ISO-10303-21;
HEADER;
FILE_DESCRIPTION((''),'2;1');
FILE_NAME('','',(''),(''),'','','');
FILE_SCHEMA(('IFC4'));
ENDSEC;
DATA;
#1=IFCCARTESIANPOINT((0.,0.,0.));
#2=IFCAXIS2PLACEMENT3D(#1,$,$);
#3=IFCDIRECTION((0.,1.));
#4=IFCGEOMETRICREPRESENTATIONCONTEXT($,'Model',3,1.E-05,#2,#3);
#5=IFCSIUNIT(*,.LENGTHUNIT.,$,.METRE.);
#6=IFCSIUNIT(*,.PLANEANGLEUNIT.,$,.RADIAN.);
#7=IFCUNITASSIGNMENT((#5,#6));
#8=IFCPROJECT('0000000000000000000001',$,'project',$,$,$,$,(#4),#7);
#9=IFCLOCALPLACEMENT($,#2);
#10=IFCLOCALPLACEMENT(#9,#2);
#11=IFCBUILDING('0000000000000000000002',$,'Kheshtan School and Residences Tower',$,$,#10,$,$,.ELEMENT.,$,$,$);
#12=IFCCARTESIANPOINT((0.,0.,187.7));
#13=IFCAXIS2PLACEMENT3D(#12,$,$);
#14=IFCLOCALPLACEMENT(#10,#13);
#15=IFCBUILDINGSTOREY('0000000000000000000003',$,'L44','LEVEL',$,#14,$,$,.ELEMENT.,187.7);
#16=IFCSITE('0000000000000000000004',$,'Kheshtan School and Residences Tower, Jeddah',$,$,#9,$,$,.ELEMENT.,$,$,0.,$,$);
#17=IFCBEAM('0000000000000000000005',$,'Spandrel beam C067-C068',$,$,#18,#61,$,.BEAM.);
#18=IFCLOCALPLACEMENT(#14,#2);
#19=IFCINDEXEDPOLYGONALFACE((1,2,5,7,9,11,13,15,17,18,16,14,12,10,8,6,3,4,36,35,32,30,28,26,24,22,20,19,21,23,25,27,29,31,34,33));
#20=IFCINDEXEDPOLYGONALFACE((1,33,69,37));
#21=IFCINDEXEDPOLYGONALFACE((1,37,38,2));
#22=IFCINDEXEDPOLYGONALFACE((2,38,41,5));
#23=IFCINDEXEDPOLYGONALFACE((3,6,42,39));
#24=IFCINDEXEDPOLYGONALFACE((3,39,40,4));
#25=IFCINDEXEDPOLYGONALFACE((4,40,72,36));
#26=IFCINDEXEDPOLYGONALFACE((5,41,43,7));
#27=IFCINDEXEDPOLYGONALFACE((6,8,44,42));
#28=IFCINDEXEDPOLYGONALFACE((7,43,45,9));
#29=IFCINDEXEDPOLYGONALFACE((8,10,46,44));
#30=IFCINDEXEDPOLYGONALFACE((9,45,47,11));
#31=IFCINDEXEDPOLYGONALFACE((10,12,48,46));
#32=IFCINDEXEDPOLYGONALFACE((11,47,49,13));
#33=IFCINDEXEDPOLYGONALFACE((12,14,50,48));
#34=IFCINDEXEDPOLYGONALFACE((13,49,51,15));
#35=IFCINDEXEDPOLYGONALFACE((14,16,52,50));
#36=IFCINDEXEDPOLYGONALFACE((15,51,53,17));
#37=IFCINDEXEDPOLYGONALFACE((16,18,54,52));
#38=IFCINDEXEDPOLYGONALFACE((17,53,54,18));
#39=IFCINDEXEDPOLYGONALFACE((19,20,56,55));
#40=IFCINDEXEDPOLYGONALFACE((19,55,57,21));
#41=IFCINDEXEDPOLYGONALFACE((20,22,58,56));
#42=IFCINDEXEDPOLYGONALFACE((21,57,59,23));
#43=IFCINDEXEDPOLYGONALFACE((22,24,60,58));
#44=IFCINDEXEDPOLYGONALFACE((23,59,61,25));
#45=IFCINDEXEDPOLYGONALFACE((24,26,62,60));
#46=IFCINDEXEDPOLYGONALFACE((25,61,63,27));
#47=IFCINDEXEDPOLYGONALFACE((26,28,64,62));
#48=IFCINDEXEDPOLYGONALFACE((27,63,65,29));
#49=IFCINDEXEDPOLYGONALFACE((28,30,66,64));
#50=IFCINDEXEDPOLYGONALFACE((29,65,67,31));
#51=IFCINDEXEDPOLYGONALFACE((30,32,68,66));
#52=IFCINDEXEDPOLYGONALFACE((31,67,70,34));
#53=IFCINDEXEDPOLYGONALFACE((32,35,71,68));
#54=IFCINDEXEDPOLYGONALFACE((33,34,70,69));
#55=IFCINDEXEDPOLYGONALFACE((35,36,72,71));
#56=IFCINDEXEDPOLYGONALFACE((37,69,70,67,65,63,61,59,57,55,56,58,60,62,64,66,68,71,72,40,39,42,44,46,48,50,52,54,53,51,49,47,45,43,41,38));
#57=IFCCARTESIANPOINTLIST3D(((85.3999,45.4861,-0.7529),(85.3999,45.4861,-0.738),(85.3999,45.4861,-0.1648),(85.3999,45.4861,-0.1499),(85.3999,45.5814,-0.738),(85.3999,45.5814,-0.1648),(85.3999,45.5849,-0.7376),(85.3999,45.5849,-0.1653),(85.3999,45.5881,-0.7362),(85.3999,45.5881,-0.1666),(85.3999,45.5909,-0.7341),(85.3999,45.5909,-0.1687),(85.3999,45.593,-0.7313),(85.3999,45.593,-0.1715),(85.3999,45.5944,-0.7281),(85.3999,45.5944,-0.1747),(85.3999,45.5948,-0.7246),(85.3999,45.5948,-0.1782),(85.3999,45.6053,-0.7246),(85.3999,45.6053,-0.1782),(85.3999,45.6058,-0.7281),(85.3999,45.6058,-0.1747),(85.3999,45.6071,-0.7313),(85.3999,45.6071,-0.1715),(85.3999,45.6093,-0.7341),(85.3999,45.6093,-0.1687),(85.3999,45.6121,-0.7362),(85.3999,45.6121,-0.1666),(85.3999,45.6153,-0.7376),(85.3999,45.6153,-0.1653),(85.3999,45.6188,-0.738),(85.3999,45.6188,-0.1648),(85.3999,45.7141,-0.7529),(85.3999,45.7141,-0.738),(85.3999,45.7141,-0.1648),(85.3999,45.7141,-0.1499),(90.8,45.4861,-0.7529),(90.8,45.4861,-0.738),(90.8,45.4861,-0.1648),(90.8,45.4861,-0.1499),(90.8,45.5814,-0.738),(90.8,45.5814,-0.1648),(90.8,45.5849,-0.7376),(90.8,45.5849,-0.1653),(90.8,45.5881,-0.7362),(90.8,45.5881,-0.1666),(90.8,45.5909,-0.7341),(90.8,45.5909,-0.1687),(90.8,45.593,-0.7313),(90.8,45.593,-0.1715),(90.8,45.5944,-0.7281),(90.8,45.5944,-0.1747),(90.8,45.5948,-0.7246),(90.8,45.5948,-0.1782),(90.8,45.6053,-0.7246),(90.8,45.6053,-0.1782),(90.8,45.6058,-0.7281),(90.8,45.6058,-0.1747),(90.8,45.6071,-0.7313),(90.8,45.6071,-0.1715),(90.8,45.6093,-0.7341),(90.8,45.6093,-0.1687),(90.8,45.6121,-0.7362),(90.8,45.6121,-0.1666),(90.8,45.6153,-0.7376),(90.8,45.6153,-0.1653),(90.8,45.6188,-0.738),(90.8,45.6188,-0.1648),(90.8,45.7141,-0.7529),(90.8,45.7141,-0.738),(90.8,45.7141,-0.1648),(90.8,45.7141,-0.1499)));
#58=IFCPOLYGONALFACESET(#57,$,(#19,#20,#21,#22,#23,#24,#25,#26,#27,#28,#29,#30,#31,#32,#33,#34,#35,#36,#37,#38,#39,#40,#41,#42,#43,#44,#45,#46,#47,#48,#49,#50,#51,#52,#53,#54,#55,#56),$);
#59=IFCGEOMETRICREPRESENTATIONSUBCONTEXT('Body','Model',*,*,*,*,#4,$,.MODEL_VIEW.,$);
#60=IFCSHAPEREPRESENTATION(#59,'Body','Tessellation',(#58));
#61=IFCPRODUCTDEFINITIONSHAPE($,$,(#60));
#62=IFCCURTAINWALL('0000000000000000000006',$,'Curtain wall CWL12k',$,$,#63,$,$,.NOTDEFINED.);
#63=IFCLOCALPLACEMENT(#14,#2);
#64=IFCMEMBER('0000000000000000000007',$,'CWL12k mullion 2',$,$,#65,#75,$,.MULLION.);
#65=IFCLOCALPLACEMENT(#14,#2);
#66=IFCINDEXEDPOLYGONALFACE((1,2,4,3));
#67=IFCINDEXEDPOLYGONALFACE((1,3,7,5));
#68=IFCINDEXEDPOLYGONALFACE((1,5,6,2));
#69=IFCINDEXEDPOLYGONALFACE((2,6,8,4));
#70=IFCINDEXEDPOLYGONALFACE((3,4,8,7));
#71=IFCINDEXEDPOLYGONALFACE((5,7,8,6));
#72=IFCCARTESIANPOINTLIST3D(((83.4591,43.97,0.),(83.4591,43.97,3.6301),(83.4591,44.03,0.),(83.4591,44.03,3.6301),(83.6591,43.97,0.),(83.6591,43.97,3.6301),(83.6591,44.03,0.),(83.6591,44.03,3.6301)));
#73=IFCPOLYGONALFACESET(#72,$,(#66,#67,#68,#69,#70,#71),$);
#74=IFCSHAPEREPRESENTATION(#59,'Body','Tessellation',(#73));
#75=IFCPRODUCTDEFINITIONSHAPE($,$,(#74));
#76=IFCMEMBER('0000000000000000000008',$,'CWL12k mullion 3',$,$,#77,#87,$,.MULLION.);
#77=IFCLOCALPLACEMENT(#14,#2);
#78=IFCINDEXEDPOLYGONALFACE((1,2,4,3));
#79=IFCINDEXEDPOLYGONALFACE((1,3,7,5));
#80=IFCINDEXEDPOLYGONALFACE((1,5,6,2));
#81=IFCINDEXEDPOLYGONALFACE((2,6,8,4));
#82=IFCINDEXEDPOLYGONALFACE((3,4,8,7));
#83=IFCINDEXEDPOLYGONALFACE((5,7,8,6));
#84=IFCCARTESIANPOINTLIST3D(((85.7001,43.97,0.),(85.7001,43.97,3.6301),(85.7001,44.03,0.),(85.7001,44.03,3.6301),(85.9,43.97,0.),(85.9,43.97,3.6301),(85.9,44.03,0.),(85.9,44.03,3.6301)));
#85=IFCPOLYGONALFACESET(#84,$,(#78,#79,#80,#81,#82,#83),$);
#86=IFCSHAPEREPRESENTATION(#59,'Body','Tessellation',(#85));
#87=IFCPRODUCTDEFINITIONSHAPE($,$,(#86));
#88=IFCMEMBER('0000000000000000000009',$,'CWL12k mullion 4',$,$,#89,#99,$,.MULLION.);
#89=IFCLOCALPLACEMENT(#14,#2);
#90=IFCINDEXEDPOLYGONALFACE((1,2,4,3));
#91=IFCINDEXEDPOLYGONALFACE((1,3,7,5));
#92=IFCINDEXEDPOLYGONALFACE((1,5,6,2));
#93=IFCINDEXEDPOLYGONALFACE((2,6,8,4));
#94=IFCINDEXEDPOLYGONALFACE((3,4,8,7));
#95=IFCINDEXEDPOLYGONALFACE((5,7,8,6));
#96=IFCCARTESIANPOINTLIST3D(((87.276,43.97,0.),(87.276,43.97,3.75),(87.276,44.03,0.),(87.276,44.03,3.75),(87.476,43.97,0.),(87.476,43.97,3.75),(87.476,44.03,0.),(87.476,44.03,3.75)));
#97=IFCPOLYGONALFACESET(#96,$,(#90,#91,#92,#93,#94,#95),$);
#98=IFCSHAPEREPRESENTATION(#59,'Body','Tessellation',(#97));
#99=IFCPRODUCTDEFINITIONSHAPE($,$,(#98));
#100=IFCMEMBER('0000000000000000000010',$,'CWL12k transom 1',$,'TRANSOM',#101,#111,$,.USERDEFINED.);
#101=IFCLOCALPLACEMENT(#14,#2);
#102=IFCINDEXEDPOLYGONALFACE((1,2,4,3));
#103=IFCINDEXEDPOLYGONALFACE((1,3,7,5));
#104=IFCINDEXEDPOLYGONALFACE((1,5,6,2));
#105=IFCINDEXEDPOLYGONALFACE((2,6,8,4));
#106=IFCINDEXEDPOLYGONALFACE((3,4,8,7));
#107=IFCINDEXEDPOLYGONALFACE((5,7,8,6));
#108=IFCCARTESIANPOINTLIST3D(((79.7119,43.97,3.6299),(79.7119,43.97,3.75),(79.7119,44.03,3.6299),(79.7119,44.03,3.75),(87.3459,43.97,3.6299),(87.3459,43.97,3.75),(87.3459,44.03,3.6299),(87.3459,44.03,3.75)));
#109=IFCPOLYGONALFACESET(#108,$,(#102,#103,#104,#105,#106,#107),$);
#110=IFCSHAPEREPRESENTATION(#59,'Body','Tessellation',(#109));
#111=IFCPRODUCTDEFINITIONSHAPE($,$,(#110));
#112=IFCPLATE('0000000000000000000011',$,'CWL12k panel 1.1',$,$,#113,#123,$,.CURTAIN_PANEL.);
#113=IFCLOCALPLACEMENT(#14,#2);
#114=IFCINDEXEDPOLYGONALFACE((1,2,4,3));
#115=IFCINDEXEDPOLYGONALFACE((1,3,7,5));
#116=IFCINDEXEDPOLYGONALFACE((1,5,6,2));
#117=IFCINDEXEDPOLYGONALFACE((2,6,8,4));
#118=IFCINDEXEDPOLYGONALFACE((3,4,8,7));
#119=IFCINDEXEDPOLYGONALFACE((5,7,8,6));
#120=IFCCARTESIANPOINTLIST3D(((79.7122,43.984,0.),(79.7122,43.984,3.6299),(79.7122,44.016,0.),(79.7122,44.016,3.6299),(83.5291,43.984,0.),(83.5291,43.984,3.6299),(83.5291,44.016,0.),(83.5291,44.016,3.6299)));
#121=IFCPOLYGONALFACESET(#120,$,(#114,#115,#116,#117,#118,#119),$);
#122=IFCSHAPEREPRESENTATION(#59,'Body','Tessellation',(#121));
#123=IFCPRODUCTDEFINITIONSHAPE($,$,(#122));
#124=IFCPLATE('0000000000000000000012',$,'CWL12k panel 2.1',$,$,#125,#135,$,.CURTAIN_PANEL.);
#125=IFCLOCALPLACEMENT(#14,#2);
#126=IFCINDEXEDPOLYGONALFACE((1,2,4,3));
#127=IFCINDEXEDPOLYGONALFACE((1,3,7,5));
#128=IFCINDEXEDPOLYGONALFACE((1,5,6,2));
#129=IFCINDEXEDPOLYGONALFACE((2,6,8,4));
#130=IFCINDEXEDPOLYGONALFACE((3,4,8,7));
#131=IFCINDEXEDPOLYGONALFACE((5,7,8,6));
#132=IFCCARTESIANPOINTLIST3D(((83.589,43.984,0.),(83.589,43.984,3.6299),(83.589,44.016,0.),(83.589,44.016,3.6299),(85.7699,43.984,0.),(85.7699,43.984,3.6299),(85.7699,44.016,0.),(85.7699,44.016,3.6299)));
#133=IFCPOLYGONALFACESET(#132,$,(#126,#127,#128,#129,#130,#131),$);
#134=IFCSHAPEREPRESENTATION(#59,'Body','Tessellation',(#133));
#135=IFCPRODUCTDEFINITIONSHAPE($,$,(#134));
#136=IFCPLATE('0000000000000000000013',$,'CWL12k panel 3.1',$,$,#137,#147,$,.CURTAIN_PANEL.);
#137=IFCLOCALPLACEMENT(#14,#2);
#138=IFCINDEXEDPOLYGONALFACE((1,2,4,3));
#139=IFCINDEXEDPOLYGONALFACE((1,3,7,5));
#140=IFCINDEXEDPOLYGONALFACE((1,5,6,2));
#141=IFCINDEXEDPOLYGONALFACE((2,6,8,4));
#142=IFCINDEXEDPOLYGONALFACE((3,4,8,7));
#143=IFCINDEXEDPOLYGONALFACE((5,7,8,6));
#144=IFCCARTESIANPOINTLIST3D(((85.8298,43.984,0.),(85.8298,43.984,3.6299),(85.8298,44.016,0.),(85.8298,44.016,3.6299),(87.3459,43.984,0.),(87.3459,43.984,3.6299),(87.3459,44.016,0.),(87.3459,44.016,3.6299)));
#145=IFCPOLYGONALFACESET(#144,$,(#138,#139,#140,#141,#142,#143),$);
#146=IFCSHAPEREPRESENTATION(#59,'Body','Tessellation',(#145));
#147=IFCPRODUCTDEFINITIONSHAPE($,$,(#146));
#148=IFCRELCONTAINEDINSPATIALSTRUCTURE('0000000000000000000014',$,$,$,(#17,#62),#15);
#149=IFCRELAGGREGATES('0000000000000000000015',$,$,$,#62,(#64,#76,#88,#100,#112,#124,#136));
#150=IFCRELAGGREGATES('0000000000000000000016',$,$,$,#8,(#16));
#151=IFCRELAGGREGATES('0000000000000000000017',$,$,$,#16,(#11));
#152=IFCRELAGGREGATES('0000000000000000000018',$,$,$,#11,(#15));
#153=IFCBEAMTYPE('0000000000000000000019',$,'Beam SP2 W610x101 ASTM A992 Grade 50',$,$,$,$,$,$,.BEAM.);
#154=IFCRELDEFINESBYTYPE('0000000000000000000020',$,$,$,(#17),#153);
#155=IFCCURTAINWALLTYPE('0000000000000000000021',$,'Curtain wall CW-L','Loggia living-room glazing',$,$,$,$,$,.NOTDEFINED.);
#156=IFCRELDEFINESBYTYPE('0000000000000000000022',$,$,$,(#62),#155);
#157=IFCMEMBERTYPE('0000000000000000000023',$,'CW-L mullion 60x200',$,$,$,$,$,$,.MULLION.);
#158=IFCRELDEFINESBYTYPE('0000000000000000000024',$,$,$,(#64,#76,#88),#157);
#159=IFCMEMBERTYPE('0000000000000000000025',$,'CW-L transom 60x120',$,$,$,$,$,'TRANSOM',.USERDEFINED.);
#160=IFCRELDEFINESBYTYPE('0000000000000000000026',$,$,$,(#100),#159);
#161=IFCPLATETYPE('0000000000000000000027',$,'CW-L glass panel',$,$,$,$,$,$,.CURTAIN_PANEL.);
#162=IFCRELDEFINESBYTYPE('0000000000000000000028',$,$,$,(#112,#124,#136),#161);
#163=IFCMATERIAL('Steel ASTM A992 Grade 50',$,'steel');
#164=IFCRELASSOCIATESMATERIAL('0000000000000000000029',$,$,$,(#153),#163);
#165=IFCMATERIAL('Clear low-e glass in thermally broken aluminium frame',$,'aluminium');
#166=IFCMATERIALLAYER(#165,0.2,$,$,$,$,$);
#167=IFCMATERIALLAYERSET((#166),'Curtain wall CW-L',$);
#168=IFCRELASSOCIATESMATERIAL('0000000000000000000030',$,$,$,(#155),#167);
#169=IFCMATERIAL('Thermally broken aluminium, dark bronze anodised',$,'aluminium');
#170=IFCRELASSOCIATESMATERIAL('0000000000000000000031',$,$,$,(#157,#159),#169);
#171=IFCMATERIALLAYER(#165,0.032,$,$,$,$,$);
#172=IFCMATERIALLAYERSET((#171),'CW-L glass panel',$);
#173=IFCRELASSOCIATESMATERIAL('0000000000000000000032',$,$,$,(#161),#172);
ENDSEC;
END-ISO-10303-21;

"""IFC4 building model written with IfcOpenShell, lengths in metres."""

from ifc_helpers import new_model, si_unit, direction, frame, origin, origin_2d, place, context, subcontext, project, spatial, rectangle, i_section, extrude, material, layer, layer_set, material_profile, profile_set, type_object, element, aggregate, save


model = new_model("IFC4")

# Units and contexts
model_context = context("Model", 3, precision=1e-05, world=origin(), true_north=direction((0.0, 1.0)))
body_context = subcontext(model_context, "Body", "Model", "MODEL_VIEW")
ifc_project = project(units=[si_unit("LENGTHUNIT", "METRE"), si_unit("PLANEANGLEUNIT", "RADIAN")], contexts=[model_context])

# Site, building, storey
site_placement = place(None, origin())
site = spatial("IfcSite", under=ifc_project, at=site_placement, Name="Kheshtan School and Residences Tower, Jeddah", CompositionType="ELEMENT", RefElevation=0.0)
building_placement = place(site_placement, origin())
building = spatial("IfcBuilding", under=site, at=building_placement, Name="Kheshtan School and Residences Tower", CompositionType="ELEMENT")
storey_placement = place(building_placement, frame((0.0, 0.0, 187.7)))
storey = spatial("IfcBuildingStorey", under=building, at=storey_placement, Name="L44", Description="LEVEL", CompositionType="ELEMENT", Elevation=187.7)

# Shared definitions
ifc_material_1 = material(Name="Steel ASTM A992 Grade 50", Category="steel")

# Beam
ifc_material_profile_1 = material_profile(ifc_material_1, i_section(OverallWidth=0.228, OverallDepth=0.603, WebThickness=0.0105, FlangeThickness=0.0149, FilletRadius=0.0134, at=origin_2d()), Name="W610x101")
ifc_profile_set_1 = profile_set([ifc_material_profile_1], Name="Steel ASTM A992 Grade 50")
beam_type_1 = type_object("IfcBeamType", Name="Beam SP2 W610x101 ASTM A992 Grade 50", PredefinedType="BEAM", material=ifc_profile_set_1)
beam_1_placement = place(storey_placement, frame((85.3999, 45.6001, -0.4514), z_axis=(1.0, 0.0, 0.0), x_axis=(0.0, 1.0, 0.0)))
element("IfcBeam", 1, at=beam_1_placement, inside=storey, type_object=beam_type_1, Name="Spandrel beam C067-C068", PredefinedType="BEAM", context=body_context, shape_type="SweptSolid", body=[
    extrude(i_section(OverallWidth=0.228, OverallDepth=0.603, WebThickness=0.0105, FlangeThickness=0.0149, FilletRadius=0.0134, at=origin_2d()), origin(), (0.0, 0.0, 1.0), 5.4001),
])

# Curtain wall, members, plates
ifc_material_2 = material(Name="Clear low-e glass in thermally broken aluminium frame", Category="aluminium")
ifc_layer_1 = layer(ifc_material_2, 0.2)
ifc_layer_set_1 = layer_set([ifc_layer_1], Name="Curtain wall CW-L")
curtain_wall_type = type_object("IfcCurtainWallType", Name="Curtain wall CW-L", Description="Loggia living-room glazing", PredefinedType="NOTDEFINED", material=ifc_layer_set_1)
curtain_wall_placement = place(storey_placement, origin())
curtain_wall = element("IfcCurtainWall", 2, at=curtain_wall_placement, inside=storey, type_object=curtain_wall_type, Name="Curtain wall CWL12k", PredefinedType="NOTDEFINED")
ifc_material_3 = material(Name="Thermally broken aluminium, dark bronze anodised", Category="aluminium")
ifc_material_profile_2 = material_profile(ifc_material_3, rectangle(XDim=0.0601, YDim=0.2, at=origin_2d()), Name="CW-L mullion 60x200")
ifc_profile_set_2 = profile_set([ifc_material_profile_2], Name="Thermally broken aluminium, dark bronze anodised")
member_type_1 = type_object("IfcMemberType", Name="CW-L mullion 60x200", PredefinedType="MULLION", material=ifc_profile_set_2)
member_1_placement = place(storey_placement, frame((83.5591, 44.0, 0.0), z_axis=(0.0, 0.0, 1.0), x_axis=(0.0, 1.0, 0.0)))
member_1 = element("IfcMember", 3, at=member_1_placement, type_object=member_type_1, Name="CWL12k mullion 2", PredefinedType="MULLION", context=body_context, shape_type="SweptSolid", body=[
    extrude(rectangle(XDim=0.0601, YDim=0.2, at=origin_2d()), origin(), (0.0, 0.0, 1.0), 3.6301),
])
member_2_placement = place(storey_placement, frame((85.8, 44.0, 0.0), z_axis=(0.0, 0.0, 1.0), x_axis=(0.0, 1.0, 0.0)))
member_2 = element("IfcMember", 4, at=member_2_placement, type_object=member_type_1, Name="CWL12k mullion 3", PredefinedType="MULLION", context=body_context, shape_type="SweptSolid", body=[
    extrude(rectangle(XDim=0.0601, YDim=0.2, at=origin_2d()), origin(), (0.0, 0.0, 1.0), 3.6301),
])
member_3_placement = place(storey_placement, frame((87.376, 44.0, 0.0), z_axis=(0.0, 0.0, 1.0), x_axis=(0.0, 1.0, 0.0)))
member_3 = element("IfcMember", 5, at=member_3_placement, type_object=member_type_1, Name="CWL12k mullion 4", PredefinedType="MULLION", context=body_context, shape_type="SweptSolid", body=[
    extrude(rectangle(XDim=0.0601, YDim=0.2, at=origin_2d()), origin(), (0.0, 0.0, 1.0), 3.75),
])
ifc_material_profile_3 = material_profile(ifc_material_3, rectangle(XDim=0.0601, YDim=0.1201, at=origin_2d()), Name="CW-L transom 60x120")
ifc_profile_set_3 = profile_set([ifc_material_profile_3], Name="Thermally broken aluminium, dark bronze anodised")
member_type_2 = type_object("IfcMemberType", Name="CW-L transom 60x120", ElementType="TRANSOM", PredefinedType="USERDEFINED", material=ifc_profile_set_3)
member_4_placement = place(storey_placement, frame((79.7119, 44.0, 3.6899), z_axis=(1.0, 0.0, 0.0), x_axis=(0.0, 1.0, 0.0)))
member_4 = element("IfcMember", 6, at=member_4_placement, type_object=member_type_2, Name="CWL12k transom 1", ObjectType="TRANSOM", PredefinedType="USERDEFINED", context=body_context, shape_type="SweptSolid", body=[
    extrude(rectangle(XDim=0.0601, YDim=0.1201, at=origin_2d()), origin(), (0.0, 0.0, 1.0), 7.634),
])
ifc_layer_2 = layer(ifc_material_2, 0.032)
ifc_layer_set_2 = layer_set([ifc_layer_2], Name="CW-L glass panel")
plate_type = type_object("IfcPlateType", Name="CW-L glass panel", PredefinedType="CURTAIN_PANEL", material=ifc_layer_set_2)
plate_1_placement = place(storey_placement, frame((81.6206, 44.0, 0.0), z_axis=(0.0, 0.0, 1.0), x_axis=(1.0, 0.0, 0.0)))
plate_1 = element("IfcPlate", 7, at=plate_1_placement, type_object=plate_type, Name="CWL12k panel 1.1", PredefinedType="CURTAIN_PANEL", context=body_context, shape_type="SweptSolid", body=[
    extrude(rectangle(XDim=3.8169, YDim=0.032, at=origin_2d()), origin(), (0.0, 0.0, 1.0), 3.6299),
])
plate_2_placement = place(storey_placement, frame((84.6794, 44.0, 0.0), z_axis=(0.0, 0.0, 1.0), x_axis=(1.0, 0.0, 0.0)))
plate_2 = element("IfcPlate", 8, at=plate_2_placement, type_object=plate_type, Name="CWL12k panel 2.1", PredefinedType="CURTAIN_PANEL", context=body_context, shape_type="SweptSolid", body=[
    extrude(rectangle(XDim=2.1809, YDim=0.032, at=origin_2d()), origin(), (0.0, 0.0, 1.0), 3.6299),
])
plate_3_placement = place(storey_placement, frame((86.5879, 44.0, 0.0), z_axis=(0.0, 0.0, 1.0), x_axis=(1.0, 0.0, 0.0)))
plate_3 = element("IfcPlate", 9, at=plate_3_placement, type_object=plate_type, Name="CWL12k panel 3.1", PredefinedType="CURTAIN_PANEL", context=body_context, shape_type="SweptSolid", body=[
    extrude(rectangle(XDim=1.5161, YDim=0.032, at=origin_2d()), origin(), (0.0, 0.0, 1.0), 3.6299),
])
aggregate(curtain_wall, [member_1, member_2, member_3, member_4, plate_1, plate_2, plate_3])

save(model, "model.ifc")
